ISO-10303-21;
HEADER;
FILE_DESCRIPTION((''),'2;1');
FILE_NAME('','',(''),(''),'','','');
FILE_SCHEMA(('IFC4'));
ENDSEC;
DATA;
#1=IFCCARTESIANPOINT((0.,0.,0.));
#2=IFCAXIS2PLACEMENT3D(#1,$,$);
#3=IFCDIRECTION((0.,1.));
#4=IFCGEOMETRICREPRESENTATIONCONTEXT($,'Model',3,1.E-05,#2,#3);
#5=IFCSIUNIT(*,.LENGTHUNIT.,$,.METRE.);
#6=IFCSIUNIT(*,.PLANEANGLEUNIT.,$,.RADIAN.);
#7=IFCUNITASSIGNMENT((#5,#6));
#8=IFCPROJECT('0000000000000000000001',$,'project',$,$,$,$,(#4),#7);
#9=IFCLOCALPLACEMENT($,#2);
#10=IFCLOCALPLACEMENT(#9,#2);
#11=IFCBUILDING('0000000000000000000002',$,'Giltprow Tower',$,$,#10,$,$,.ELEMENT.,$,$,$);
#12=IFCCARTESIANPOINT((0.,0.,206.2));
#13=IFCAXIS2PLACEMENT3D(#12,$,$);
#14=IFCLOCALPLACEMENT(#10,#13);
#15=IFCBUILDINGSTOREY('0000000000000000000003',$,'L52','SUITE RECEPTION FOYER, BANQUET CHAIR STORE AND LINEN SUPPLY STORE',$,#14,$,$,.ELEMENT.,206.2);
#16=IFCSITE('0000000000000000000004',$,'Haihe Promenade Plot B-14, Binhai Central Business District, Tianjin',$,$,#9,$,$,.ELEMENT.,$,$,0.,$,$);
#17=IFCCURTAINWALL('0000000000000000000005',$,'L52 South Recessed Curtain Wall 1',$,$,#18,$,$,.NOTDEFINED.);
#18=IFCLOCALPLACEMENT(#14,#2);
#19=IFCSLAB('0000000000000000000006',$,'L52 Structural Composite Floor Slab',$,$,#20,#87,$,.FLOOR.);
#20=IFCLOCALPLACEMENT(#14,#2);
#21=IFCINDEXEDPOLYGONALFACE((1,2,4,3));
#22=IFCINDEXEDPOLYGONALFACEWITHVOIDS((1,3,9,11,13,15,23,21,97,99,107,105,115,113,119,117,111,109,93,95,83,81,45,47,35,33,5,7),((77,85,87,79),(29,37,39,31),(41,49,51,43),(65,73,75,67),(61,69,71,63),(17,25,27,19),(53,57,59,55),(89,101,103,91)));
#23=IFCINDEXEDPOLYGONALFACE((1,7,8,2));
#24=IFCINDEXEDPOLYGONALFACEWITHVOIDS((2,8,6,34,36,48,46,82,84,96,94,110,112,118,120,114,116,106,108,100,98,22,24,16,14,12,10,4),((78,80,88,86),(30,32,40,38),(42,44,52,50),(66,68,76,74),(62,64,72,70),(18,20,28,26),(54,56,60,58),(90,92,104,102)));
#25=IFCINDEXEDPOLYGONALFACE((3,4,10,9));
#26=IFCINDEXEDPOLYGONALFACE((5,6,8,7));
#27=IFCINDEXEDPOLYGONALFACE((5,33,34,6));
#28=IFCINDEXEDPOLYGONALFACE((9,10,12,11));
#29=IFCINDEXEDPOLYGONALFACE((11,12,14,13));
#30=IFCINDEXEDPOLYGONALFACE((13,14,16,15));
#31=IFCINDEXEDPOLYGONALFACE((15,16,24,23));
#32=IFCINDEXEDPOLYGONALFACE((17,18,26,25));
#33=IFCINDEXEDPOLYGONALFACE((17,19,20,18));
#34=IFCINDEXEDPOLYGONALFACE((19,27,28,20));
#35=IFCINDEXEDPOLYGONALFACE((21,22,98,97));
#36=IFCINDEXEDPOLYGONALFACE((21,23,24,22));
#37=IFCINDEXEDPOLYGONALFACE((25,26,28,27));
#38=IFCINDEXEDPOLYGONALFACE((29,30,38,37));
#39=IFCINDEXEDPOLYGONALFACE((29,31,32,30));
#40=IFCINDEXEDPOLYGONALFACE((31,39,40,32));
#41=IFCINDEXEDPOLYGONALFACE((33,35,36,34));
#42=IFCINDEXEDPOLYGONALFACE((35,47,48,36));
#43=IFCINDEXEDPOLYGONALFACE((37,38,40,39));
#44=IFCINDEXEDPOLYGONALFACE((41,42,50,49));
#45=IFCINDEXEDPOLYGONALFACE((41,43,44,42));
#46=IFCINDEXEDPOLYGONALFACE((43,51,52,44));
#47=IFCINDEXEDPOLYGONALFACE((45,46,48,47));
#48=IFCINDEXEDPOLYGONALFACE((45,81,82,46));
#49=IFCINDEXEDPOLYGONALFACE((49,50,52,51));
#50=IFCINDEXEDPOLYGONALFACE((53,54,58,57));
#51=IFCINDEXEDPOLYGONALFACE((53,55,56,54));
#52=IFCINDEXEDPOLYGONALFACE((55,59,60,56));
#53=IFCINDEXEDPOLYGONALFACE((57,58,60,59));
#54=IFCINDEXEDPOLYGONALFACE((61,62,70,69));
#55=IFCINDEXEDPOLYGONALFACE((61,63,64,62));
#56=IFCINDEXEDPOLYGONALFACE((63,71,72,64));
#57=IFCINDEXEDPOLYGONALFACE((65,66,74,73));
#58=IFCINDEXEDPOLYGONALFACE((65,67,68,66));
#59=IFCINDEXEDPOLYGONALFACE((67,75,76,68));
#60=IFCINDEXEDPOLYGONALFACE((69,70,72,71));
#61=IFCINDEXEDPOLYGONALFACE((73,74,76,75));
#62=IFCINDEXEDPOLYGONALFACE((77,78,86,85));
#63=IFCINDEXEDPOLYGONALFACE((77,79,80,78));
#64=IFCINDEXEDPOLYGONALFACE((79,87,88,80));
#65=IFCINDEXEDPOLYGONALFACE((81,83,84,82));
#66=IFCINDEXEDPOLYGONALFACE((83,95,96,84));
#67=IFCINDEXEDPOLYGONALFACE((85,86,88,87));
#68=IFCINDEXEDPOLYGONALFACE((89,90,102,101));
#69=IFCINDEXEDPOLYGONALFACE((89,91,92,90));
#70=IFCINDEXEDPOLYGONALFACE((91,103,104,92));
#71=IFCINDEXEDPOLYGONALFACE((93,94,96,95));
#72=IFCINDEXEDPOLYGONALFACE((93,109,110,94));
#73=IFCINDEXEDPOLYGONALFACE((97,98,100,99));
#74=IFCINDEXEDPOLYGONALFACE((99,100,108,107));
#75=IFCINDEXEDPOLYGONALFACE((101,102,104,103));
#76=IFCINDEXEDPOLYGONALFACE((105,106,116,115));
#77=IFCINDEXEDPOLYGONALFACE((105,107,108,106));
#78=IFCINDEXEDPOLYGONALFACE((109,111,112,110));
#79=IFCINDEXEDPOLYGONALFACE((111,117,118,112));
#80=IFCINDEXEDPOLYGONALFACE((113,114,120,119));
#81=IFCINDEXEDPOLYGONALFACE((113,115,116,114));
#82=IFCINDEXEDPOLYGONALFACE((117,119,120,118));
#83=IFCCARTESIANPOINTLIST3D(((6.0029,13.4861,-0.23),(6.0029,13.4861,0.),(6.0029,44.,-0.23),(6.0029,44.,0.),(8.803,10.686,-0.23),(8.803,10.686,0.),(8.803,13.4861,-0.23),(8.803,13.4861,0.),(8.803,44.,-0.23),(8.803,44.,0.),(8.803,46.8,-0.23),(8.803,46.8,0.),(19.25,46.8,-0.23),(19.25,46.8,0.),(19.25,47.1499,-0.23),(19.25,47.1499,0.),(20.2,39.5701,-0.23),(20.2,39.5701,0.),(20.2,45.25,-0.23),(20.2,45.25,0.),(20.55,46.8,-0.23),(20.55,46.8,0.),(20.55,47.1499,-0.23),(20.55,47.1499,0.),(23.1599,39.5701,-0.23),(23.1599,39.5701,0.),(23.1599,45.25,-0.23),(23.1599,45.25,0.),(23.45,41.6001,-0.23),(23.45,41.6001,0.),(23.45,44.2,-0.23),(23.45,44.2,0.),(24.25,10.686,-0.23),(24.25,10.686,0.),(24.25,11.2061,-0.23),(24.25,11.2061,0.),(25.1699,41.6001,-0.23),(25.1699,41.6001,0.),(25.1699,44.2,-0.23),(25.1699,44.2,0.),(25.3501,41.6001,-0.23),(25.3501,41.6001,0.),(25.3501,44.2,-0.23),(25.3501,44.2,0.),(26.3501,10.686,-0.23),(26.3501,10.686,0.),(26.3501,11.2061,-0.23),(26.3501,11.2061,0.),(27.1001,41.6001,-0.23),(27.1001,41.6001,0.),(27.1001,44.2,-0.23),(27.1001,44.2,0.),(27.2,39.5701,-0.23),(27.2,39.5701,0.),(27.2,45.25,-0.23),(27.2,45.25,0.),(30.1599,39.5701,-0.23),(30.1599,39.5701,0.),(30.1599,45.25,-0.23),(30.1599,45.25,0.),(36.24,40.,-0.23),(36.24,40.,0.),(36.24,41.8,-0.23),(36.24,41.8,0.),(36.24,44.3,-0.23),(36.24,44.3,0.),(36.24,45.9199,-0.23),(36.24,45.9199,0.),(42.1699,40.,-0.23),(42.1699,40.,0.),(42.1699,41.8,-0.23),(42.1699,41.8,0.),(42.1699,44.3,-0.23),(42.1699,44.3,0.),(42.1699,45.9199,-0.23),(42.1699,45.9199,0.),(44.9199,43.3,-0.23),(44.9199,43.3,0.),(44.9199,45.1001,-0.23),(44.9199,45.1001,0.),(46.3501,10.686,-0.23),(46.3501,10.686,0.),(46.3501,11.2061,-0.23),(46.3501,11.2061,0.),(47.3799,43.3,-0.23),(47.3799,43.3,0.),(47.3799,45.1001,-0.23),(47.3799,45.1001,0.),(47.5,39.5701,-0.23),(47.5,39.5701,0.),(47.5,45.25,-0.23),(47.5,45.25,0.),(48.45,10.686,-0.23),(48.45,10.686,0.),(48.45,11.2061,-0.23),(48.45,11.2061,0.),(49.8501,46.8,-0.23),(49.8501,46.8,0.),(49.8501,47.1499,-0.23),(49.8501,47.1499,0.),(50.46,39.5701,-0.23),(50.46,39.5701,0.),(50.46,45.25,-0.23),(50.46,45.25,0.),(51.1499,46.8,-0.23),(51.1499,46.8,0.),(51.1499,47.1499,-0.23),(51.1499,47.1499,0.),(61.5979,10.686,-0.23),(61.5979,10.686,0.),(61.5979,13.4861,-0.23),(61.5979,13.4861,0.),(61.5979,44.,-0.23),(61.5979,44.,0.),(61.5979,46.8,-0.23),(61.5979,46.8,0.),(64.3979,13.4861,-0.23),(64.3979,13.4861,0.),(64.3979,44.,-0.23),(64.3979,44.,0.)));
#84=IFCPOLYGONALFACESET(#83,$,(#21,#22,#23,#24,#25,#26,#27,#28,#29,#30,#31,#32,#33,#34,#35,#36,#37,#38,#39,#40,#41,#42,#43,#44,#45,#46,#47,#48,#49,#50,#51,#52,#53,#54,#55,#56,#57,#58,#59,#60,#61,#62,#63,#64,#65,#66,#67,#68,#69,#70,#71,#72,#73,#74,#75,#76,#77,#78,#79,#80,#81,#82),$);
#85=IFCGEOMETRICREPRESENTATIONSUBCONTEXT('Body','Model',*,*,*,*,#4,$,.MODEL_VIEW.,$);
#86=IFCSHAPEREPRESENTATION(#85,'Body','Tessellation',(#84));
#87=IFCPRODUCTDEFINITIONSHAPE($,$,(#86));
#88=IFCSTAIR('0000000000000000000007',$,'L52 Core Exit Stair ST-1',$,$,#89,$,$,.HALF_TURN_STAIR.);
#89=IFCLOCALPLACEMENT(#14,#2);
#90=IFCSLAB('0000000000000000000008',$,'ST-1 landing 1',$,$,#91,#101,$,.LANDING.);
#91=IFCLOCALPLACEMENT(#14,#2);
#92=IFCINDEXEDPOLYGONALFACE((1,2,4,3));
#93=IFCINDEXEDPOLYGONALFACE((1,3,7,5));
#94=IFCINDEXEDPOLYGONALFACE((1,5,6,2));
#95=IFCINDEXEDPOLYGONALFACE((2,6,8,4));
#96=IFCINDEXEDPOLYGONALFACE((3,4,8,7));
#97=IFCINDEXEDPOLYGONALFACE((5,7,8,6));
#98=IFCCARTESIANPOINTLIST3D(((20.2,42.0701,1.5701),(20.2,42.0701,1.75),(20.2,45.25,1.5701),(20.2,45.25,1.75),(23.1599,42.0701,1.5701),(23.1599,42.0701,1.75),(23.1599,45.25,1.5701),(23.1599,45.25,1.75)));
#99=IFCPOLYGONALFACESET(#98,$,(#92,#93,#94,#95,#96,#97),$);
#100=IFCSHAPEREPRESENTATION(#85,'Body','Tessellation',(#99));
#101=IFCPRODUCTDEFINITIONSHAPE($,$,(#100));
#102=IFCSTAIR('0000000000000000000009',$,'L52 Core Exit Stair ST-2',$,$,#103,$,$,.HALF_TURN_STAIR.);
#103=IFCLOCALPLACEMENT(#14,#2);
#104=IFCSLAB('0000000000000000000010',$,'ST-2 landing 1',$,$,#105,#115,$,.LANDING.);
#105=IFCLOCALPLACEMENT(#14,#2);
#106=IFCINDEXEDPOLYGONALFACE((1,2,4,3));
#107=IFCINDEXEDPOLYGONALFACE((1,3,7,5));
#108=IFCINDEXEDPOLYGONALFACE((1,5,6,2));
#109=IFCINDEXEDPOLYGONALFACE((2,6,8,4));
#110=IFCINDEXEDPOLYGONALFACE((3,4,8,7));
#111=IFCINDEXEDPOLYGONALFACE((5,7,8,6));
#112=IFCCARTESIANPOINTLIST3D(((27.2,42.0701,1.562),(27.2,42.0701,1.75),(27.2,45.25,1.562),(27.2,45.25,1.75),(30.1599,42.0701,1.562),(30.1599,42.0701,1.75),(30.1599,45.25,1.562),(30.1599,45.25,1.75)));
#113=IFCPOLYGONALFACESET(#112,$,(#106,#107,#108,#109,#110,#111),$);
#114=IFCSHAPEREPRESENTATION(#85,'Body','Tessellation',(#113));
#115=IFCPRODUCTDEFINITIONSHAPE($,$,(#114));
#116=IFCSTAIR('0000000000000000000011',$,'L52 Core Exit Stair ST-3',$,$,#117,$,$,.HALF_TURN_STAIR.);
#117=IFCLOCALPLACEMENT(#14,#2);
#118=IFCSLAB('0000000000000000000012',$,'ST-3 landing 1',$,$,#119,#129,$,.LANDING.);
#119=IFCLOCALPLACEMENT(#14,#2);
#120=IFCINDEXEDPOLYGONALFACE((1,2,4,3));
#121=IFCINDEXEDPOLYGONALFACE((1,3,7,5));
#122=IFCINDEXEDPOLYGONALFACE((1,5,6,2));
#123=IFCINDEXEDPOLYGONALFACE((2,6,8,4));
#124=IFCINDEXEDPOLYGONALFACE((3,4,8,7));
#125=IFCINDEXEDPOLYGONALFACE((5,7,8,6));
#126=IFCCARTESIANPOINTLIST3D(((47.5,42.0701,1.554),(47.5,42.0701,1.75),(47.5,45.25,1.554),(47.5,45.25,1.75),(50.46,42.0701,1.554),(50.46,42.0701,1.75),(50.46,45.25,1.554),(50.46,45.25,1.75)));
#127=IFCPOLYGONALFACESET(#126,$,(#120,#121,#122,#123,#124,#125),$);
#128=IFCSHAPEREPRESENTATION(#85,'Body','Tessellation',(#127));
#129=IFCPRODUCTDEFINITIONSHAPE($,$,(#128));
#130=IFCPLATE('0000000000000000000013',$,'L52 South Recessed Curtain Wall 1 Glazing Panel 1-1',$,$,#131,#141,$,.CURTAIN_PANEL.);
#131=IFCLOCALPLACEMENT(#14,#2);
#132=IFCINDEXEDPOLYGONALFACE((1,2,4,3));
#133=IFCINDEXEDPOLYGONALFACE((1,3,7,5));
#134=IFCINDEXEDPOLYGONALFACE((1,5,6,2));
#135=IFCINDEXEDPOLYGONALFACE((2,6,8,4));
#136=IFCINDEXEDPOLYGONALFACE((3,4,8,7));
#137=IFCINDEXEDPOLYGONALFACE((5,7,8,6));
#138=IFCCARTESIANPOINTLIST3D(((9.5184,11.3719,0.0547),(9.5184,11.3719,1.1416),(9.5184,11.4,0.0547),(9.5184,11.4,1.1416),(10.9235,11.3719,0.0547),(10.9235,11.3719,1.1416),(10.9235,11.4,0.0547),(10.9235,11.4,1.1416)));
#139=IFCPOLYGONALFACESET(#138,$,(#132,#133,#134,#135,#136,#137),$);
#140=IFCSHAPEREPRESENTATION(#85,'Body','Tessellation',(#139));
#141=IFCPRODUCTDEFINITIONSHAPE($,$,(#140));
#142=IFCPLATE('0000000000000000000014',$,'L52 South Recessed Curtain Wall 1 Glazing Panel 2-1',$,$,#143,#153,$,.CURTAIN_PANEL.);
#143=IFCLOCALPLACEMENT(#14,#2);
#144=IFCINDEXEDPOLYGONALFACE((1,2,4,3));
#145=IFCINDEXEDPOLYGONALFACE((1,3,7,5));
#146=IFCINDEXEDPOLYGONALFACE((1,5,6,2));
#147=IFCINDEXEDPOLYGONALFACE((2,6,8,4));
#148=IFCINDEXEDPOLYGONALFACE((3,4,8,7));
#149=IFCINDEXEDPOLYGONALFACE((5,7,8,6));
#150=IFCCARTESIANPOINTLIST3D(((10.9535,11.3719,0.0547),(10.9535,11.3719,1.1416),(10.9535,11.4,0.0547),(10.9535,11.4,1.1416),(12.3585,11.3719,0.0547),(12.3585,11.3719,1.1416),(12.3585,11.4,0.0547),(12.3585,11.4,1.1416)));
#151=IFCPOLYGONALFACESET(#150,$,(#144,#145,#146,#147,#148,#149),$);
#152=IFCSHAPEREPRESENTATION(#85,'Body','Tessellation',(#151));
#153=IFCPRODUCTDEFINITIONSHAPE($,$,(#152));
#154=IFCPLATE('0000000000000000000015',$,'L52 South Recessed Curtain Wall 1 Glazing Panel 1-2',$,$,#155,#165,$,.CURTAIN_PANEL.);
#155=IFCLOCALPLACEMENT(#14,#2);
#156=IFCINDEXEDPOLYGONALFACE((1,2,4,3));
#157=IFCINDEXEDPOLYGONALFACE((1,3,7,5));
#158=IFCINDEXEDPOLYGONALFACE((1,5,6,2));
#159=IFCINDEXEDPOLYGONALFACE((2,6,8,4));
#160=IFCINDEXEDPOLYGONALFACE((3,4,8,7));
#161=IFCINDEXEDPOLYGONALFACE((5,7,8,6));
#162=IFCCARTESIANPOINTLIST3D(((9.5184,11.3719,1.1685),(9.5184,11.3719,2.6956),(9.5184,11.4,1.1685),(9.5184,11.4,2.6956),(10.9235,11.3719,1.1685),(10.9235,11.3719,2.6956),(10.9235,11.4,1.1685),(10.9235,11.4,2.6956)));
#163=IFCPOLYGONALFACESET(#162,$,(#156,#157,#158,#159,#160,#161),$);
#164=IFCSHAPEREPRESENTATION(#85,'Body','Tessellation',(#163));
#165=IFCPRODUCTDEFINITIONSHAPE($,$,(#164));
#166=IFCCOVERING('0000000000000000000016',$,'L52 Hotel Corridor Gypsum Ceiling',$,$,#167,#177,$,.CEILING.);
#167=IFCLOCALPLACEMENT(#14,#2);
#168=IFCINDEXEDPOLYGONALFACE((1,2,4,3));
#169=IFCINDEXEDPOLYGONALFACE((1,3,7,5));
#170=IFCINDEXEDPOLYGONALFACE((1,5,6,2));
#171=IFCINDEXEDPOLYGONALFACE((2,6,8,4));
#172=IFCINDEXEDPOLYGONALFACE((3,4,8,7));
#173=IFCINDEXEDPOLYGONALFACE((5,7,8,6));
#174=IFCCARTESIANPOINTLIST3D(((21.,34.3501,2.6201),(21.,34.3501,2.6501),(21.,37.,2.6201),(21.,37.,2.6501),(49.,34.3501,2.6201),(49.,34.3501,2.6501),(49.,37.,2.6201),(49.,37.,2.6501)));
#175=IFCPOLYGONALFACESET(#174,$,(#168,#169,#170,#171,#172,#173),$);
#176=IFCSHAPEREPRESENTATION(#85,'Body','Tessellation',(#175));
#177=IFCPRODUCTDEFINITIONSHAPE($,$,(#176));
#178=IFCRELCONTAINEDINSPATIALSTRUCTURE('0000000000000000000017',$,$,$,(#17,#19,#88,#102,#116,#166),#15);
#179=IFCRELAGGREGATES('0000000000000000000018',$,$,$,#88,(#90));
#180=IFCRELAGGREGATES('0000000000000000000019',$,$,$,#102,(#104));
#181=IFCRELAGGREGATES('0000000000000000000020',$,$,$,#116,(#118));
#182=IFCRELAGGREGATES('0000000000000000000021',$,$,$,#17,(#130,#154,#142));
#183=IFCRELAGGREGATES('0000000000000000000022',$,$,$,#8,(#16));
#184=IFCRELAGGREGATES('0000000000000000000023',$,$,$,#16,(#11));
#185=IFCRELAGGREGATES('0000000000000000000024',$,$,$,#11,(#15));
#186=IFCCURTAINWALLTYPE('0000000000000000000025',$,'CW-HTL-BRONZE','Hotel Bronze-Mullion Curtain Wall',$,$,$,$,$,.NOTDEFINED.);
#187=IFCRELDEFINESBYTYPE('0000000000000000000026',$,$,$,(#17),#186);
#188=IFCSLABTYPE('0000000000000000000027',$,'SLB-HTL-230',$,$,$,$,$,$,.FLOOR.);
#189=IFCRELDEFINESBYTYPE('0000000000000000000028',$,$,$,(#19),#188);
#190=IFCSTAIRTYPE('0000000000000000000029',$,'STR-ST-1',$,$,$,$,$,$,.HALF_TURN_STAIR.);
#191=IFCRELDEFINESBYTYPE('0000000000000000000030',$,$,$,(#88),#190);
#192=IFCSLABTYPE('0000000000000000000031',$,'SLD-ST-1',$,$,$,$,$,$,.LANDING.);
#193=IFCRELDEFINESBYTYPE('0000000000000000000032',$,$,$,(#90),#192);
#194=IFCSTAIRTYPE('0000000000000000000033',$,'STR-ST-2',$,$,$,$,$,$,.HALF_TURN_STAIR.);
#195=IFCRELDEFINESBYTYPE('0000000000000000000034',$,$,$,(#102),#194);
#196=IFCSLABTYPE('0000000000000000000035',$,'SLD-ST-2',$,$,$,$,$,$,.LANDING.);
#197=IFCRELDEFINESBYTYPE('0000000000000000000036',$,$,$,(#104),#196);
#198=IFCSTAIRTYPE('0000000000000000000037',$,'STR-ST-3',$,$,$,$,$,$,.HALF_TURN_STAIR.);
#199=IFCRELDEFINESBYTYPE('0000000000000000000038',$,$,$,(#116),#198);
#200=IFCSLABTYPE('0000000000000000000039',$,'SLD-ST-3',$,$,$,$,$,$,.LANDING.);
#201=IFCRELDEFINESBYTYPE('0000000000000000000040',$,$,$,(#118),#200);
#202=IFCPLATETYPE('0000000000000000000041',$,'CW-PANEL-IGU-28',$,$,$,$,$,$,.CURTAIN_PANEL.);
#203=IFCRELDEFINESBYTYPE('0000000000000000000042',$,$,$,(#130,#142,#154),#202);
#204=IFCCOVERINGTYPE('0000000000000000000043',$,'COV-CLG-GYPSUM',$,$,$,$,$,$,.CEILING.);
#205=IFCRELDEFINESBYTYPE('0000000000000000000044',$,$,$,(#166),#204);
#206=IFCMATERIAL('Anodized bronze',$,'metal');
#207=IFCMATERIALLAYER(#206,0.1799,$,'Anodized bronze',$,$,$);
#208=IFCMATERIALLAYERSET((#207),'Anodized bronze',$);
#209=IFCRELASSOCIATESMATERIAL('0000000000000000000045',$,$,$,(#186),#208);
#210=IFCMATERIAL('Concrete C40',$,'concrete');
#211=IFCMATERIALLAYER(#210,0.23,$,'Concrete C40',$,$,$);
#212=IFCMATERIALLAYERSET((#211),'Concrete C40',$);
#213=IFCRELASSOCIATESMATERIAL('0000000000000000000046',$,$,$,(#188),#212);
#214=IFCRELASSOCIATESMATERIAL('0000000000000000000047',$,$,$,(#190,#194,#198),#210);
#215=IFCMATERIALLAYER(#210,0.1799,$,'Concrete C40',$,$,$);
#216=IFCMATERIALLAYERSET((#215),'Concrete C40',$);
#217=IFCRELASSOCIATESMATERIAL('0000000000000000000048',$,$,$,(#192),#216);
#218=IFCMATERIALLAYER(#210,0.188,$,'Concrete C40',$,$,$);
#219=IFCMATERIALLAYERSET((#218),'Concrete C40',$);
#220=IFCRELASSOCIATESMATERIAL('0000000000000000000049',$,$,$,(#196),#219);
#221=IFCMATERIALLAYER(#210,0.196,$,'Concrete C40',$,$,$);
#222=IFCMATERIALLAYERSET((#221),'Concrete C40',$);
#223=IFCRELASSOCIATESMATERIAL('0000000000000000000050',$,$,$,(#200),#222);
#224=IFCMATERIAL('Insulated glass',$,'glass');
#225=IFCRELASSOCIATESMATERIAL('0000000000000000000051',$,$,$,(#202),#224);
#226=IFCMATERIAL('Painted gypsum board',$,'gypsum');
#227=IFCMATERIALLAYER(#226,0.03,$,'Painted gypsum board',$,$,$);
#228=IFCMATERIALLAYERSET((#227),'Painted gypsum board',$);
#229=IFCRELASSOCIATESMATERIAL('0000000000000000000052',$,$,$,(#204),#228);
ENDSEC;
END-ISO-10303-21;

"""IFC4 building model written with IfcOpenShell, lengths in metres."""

from ifc_helpers import new_model, si_unit, direction, frame, origin, origin_2d, place, context, subcontext, project, spatial, polyline, rectangle, outline, extrude, source, transform, mapped, material, layer, layer_set, type_object, element, aggregate, save


model = new_model("IFC4")

# Units and contexts
model_context = context("Model", 3, precision=1e-05, world=origin(), true_north=direction((0.0, 1.0)))
body_context = subcontext(model_context, "Body", "Model", "MODEL_VIEW")
ifc_project = project(units=[si_unit("LENGTHUNIT", "METRE"), si_unit("PLANEANGLEUNIT", "RADIAN")], contexts=[model_context])

# Site, building, storey
site_placement = place(None, origin())
site = spatial("IfcSite", under=ifc_project, at=site_placement, Name="Haihe Promenade Plot B-14, Binhai Central Business District, Tianjin", CompositionType="ELEMENT", RefElevation=0.0)
building_placement = place(site_placement, origin())
building = spatial("IfcBuilding", under=site, at=building_placement, Name="Giltprow Tower", CompositionType="ELEMENT")
storey_placement = place(building_placement, frame((0.0, 0.0, 206.2)))
storey = spatial("IfcBuildingStorey", under=building, at=storey_placement, Name="L52", Description="SUITE RECEPTION FOYER, BANQUET CHAIR STORE AND LINEN SUPPLY STORE", CompositionType="ELEMENT", Elevation=206.2)

# Curtain wall
ifc_material_1 = material(Name="Anodized bronze", Category="metal")
ifc_layer_1 = layer(ifc_material_1, 0.1799, Name="Anodized bronze")
ifc_layer_set_1 = layer_set([ifc_layer_1], Name="Anodized bronze")
curtain_wall_type = type_object("IfcCurtainWallType", Name="CW-HTL-BRONZE", Description="Hotel Bronze-Mullion Curtain Wall", PredefinedType="NOTDEFINED", material=ifc_layer_set_1)
curtain_wall_placement = place(storey_placement, origin())
curtain_wall = element("IfcCurtainWall", 1, at=curtain_wall_placement, inside=storey, type_object=curtain_wall_type, Name="L52 South Recessed Curtain Wall 1", PredefinedType="NOTDEFINED")

# Slab
ifc_material_2 = material(Name="Concrete C40", Category="concrete")
ifc_layer_2 = layer(ifc_material_2, 0.23, Name="Concrete C40")
ifc_layer_set_2 = layer_set([ifc_layer_2], Name="Concrete C40")
slab_type_1 = type_object("IfcSlabType", Name="SLB-HTL-230", PredefinedType="FLOOR", material=ifc_layer_set_2)
slab_1_placement = place(storey_placement, frame((0.0, 0.0, -0.23)))
element("IfcSlab", 2, at=slab_1_placement, inside=storey, type_object=slab_type_1, Name="L52 Structural Composite Floor Slab", PredefinedType="FLOOR", context=body_context, shape_type="SweptSolid", body=[
    extrude(outline(polyline([(64.3979, 44.0), (64.3979, 13.4861), (61.5979, 13.4861), (61.5979, 10.686), (48.45, 10.686), (48.45, 11.2061), (46.3501, 11.2061), (46.3501, 10.686), (26.3501, 10.686), (26.3501, 11.2061), (24.25, 11.2061), (24.25, 10.686), (8.803, 10.686), (8.803, 13.4861), (6.0029, 13.4861), (6.0029, 44.0), (8.803, 44.0), (8.803, 46.8), (19.25, 46.8), (19.25, 47.1499), (20.55, 47.1499), (20.55, 46.8), (49.8501, 46.8), (49.8501, 47.1499), (51.1499, 47.1499), (51.1499, 46.8), (61.5979, 46.8), (61.5979, 44.0), (64.3979, 44.0)]), holes=[polyline([(42.1699, 41.8), (36.24, 41.8), (36.24, 40.0), (42.1699, 40.0), (42.1699, 41.8)]), polyline([(23.1599, 39.5701), (23.1599, 45.25), (20.2, 45.25), (20.2, 39.5701), (23.1599, 39.5701)]), polyline([(30.1599, 39.5701), (30.1599, 45.25), (27.2, 45.25), (27.2, 39.5701), (30.1599, 39.5701)]), polyline([(50.46, 45.25), (47.5, 45.25), (47.5, 39.5701), (50.46, 39.5701), (50.46, 45.25)]), polyline([(25.1699, 44.2), (23.45, 44.2), (23.45, 41.6001), (25.1699, 41.6001), (25.1699, 44.2)]), polyline([(27.1001, 44.2), (25.3501, 44.2), (25.3501, 41.6001), (27.1001, 41.6001), (27.1001, 44.2)]), polyline([(47.3799, 43.3), (47.3799, 45.1001), (44.9199, 45.1001), (44.9199, 43.3), (47.3799, 43.3)]), polyline([(42.1699, 44.3), (42.1699, 45.9199), (36.24, 45.9199), (36.24, 44.3), (42.1699, 44.3)])]), origin(), (0.0, 0.0, 1.0), 0.23),
])

# Stairs, slabs
stair_type_1 = type_object("IfcStairType", Name="STR-ST-1", PredefinedType="HALF_TURN_STAIR", material=ifc_material_2)
stair_1_placement = place(storey_placement, origin())
stair_1 = element("IfcStair", 3, at=stair_1_placement, inside=storey, type_object=stair_type_1, Name="L52 Core Exit Stair ST-1", PredefinedType="HALF_TURN_STAIR")
ifc_layer_3 = layer(ifc_material_2, 0.1799, Name="Concrete C40")
ifc_layer_set_3 = layer_set([ifc_layer_3], Name="Concrete C40")
slab_type_2 = type_object("IfcSlabType", Name="SLD-ST-1", PredefinedType="LANDING", material=ifc_layer_set_3)
slab_2_placement = place(storey_placement, frame((0.0, 0.0, 1.5701)))
slab_2 = element("IfcSlab", 4, at=slab_2_placement, type_object=slab_type_2, Name="ST-1 landing 1", PredefinedType="LANDING", context=body_context, shape_type="SweptSolid", body=[
    extrude(outline(polyline([(23.1599, 42.0701), (23.1599, 45.25), (20.2, 45.25), (20.2, 42.0701), (23.1599, 42.0701)])), origin(), (0.0, 0.0, 1.0), 0.1799),
])
aggregate(stair_1, [slab_2])
stair_type_2 = type_object("IfcStairType", Name="STR-ST-2", PredefinedType="HALF_TURN_STAIR", material=ifc_material_2)
stair_2_placement = place(storey_placement, origin())
stair_2 = element("IfcStair", 5, at=stair_2_placement, inside=storey, type_object=stair_type_2, Name="L52 Core Exit Stair ST-2", PredefinedType="HALF_TURN_STAIR")
ifc_layer_4 = layer(ifc_material_2, 0.188, Name="Concrete C40")
ifc_layer_set_4 = layer_set([ifc_layer_4], Name="Concrete C40")
slab_type_3 = type_object("IfcSlabType", Name="SLD-ST-2", PredefinedType="LANDING", material=ifc_layer_set_4)
slab_3_placement = place(storey_placement, frame((0.0, 0.0, 1.562)))
slab_3 = element("IfcSlab", 6, at=slab_3_placement, type_object=slab_type_3, Name="ST-2 landing 1", PredefinedType="LANDING", context=body_context, shape_type="SweptSolid", body=[
    extrude(outline(polyline([(30.1599, 42.0701), (30.1599, 45.25), (27.2, 45.25), (27.2, 42.0701), (30.1599, 42.0701)])), origin(), (0.0, 0.0, 1.0), 0.188),
])
aggregate(stair_2, [slab_3])
stair_type_3 = type_object("IfcStairType", Name="STR-ST-3", PredefinedType="HALF_TURN_STAIR", material=ifc_material_2)
stair_3_placement = place(storey_placement, origin())
stair_3 = element("IfcStair", 7, at=stair_3_placement, inside=storey, type_object=stair_type_3, Name="L52 Core Exit Stair ST-3", PredefinedType="HALF_TURN_STAIR")
ifc_layer_5 = layer(ifc_material_2, 0.196, Name="Concrete C40")
ifc_layer_set_5 = layer_set([ifc_layer_5], Name="Concrete C40")
slab_type_4 = type_object("IfcSlabType", Name="SLD-ST-3", PredefinedType="LANDING", material=ifc_layer_set_5)
slab_4_placement = place(storey_placement, frame((0.0, 0.0, 1.554)))
slab_4 = element("IfcSlab", 8, at=slab_4_placement, type_object=slab_type_4, Name="ST-3 landing 1", PredefinedType="LANDING", context=body_context, shape_type="SweptSolid", body=[
    extrude(outline(polyline([(50.46, 42.0701), (50.46, 45.25), (47.5, 45.25), (47.5, 42.0701), (50.46, 42.0701)])), origin(), (0.0, 0.0, 1.0), 0.196),
])
aggregate(stair_3, [slab_4])

# Plates
ifc_material_3 = material(Name="Insulated glass", Category="glass")
plate_type = type_object("IfcPlateType", Name="CW-PANEL-IGU-28", PredefinedType="CURTAIN_PANEL", material=ifc_material_3)
shared_shape_1 = source(origin(), body_context, "Body", "SweptSolid", [
    extrude(rectangle(XDim=1.405, YDim=0.0281, at=origin_2d()), origin(), (0.0, 0.0, 1.0), 1.0869),
])
plate_1_placement = place(storey_placement, frame((10.2209, 11.386, 0.0547), z_axis=(0.0, 0.0, 1.0), x_axis=(1.0, 0.0, 0.0)))
plate_1 = element("IfcPlate", 9, at=plate_1_placement, type_object=plate_type, Name="L52 South Recessed Curtain Wall 1 Glazing Panel 1-1", PredefinedType="CURTAIN_PANEL", context=body_context, shape_type="MappedRepresentation", body=[
    mapped(shared_shape_1, transform((0.0, 0.0, 0.0), x_axis=(1.0, 0.0, 0.0), y_axis=(0.0, 1.0, 0.0), z_axis=(0.0, 0.0, 1.0), scale=1.0)),
])
plate_2_placement = place(storey_placement, frame((11.656, 11.386, 0.0547), z_axis=(0.0, 0.0, 1.0), x_axis=(1.0, 0.0, 0.0)))
plate_2 = element("IfcPlate", 10, at=plate_2_placement, type_object=plate_type, Name="L52 South Recessed Curtain Wall 1 Glazing Panel 2-1", PredefinedType="CURTAIN_PANEL", context=body_context, shape_type="MappedRepresentation", body=[
    mapped(shared_shape_1, transform((0.0, 0.0, 0.0), x_axis=(1.0, 0.0, 0.0), y_axis=(0.0, 1.0, 0.0), z_axis=(0.0, 0.0, 1.0), scale=1.0)),
])
shared_shape_2 = source(origin(), body_context, "Body", "SweptSolid", [
    extrude(rectangle(XDim=1.405, YDim=0.0281, at=origin_2d()), origin(), (0.0, 0.0, 1.0), 1.5271),
])
plate_3_placement = place(storey_placement, frame((10.2209, 11.386, 1.1685), z_axis=(0.0, 0.0, 1.0), x_axis=(1.0, 0.0, 0.0)))
plate_3 = element("IfcPlate", 11, at=plate_3_placement, type_object=plate_type, Name="L52 South Recessed Curtain Wall 1 Glazing Panel 1-2", PredefinedType="CURTAIN_PANEL", context=body_context, shape_type="MappedRepresentation", body=[
    mapped(shared_shape_2, transform((0.0, 0.0, 0.0), x_axis=(1.0, 0.0, 0.0), y_axis=(0.0, 1.0, 0.0), z_axis=(0.0, 0.0, 1.0), scale=1.0)),
])
aggregate(curtain_wall, [plate_1, plate_3, plate_2])

# Covering
ifc_material_4 = material(Name="Painted gypsum board", Category="gypsum")
ifc_layer_6 = layer(ifc_material_4, 0.03, Name="Painted gypsum board")
ifc_layer_set_6 = layer_set([ifc_layer_6], Name="Painted gypsum board")
covering_type_1 = type_object("IfcCoveringType", Name="COV-CLG-GYPSUM", PredefinedType="CEILING", material=ifc_layer_set_6)
covering_1_placement = place(storey_placement, frame((0.0, 0.0, 2.6201)))
element("IfcCovering", 12, at=covering_1_placement, inside=storey, type_object=covering_type_1, Name="L52 Hotel Corridor Gypsum Ceiling", PredefinedType="CEILING", context=body_context, shape_type="SweptSolid", body=[
    extrude(outline(polyline([(21.0, 34.3501), (49.0, 34.3501), (49.0, 37.0), (21.0, 37.0), (21.0, 34.3501)])), origin(), (0.0, 0.0, 1.0), 0.03),
])

save(model, "model.ifc")
